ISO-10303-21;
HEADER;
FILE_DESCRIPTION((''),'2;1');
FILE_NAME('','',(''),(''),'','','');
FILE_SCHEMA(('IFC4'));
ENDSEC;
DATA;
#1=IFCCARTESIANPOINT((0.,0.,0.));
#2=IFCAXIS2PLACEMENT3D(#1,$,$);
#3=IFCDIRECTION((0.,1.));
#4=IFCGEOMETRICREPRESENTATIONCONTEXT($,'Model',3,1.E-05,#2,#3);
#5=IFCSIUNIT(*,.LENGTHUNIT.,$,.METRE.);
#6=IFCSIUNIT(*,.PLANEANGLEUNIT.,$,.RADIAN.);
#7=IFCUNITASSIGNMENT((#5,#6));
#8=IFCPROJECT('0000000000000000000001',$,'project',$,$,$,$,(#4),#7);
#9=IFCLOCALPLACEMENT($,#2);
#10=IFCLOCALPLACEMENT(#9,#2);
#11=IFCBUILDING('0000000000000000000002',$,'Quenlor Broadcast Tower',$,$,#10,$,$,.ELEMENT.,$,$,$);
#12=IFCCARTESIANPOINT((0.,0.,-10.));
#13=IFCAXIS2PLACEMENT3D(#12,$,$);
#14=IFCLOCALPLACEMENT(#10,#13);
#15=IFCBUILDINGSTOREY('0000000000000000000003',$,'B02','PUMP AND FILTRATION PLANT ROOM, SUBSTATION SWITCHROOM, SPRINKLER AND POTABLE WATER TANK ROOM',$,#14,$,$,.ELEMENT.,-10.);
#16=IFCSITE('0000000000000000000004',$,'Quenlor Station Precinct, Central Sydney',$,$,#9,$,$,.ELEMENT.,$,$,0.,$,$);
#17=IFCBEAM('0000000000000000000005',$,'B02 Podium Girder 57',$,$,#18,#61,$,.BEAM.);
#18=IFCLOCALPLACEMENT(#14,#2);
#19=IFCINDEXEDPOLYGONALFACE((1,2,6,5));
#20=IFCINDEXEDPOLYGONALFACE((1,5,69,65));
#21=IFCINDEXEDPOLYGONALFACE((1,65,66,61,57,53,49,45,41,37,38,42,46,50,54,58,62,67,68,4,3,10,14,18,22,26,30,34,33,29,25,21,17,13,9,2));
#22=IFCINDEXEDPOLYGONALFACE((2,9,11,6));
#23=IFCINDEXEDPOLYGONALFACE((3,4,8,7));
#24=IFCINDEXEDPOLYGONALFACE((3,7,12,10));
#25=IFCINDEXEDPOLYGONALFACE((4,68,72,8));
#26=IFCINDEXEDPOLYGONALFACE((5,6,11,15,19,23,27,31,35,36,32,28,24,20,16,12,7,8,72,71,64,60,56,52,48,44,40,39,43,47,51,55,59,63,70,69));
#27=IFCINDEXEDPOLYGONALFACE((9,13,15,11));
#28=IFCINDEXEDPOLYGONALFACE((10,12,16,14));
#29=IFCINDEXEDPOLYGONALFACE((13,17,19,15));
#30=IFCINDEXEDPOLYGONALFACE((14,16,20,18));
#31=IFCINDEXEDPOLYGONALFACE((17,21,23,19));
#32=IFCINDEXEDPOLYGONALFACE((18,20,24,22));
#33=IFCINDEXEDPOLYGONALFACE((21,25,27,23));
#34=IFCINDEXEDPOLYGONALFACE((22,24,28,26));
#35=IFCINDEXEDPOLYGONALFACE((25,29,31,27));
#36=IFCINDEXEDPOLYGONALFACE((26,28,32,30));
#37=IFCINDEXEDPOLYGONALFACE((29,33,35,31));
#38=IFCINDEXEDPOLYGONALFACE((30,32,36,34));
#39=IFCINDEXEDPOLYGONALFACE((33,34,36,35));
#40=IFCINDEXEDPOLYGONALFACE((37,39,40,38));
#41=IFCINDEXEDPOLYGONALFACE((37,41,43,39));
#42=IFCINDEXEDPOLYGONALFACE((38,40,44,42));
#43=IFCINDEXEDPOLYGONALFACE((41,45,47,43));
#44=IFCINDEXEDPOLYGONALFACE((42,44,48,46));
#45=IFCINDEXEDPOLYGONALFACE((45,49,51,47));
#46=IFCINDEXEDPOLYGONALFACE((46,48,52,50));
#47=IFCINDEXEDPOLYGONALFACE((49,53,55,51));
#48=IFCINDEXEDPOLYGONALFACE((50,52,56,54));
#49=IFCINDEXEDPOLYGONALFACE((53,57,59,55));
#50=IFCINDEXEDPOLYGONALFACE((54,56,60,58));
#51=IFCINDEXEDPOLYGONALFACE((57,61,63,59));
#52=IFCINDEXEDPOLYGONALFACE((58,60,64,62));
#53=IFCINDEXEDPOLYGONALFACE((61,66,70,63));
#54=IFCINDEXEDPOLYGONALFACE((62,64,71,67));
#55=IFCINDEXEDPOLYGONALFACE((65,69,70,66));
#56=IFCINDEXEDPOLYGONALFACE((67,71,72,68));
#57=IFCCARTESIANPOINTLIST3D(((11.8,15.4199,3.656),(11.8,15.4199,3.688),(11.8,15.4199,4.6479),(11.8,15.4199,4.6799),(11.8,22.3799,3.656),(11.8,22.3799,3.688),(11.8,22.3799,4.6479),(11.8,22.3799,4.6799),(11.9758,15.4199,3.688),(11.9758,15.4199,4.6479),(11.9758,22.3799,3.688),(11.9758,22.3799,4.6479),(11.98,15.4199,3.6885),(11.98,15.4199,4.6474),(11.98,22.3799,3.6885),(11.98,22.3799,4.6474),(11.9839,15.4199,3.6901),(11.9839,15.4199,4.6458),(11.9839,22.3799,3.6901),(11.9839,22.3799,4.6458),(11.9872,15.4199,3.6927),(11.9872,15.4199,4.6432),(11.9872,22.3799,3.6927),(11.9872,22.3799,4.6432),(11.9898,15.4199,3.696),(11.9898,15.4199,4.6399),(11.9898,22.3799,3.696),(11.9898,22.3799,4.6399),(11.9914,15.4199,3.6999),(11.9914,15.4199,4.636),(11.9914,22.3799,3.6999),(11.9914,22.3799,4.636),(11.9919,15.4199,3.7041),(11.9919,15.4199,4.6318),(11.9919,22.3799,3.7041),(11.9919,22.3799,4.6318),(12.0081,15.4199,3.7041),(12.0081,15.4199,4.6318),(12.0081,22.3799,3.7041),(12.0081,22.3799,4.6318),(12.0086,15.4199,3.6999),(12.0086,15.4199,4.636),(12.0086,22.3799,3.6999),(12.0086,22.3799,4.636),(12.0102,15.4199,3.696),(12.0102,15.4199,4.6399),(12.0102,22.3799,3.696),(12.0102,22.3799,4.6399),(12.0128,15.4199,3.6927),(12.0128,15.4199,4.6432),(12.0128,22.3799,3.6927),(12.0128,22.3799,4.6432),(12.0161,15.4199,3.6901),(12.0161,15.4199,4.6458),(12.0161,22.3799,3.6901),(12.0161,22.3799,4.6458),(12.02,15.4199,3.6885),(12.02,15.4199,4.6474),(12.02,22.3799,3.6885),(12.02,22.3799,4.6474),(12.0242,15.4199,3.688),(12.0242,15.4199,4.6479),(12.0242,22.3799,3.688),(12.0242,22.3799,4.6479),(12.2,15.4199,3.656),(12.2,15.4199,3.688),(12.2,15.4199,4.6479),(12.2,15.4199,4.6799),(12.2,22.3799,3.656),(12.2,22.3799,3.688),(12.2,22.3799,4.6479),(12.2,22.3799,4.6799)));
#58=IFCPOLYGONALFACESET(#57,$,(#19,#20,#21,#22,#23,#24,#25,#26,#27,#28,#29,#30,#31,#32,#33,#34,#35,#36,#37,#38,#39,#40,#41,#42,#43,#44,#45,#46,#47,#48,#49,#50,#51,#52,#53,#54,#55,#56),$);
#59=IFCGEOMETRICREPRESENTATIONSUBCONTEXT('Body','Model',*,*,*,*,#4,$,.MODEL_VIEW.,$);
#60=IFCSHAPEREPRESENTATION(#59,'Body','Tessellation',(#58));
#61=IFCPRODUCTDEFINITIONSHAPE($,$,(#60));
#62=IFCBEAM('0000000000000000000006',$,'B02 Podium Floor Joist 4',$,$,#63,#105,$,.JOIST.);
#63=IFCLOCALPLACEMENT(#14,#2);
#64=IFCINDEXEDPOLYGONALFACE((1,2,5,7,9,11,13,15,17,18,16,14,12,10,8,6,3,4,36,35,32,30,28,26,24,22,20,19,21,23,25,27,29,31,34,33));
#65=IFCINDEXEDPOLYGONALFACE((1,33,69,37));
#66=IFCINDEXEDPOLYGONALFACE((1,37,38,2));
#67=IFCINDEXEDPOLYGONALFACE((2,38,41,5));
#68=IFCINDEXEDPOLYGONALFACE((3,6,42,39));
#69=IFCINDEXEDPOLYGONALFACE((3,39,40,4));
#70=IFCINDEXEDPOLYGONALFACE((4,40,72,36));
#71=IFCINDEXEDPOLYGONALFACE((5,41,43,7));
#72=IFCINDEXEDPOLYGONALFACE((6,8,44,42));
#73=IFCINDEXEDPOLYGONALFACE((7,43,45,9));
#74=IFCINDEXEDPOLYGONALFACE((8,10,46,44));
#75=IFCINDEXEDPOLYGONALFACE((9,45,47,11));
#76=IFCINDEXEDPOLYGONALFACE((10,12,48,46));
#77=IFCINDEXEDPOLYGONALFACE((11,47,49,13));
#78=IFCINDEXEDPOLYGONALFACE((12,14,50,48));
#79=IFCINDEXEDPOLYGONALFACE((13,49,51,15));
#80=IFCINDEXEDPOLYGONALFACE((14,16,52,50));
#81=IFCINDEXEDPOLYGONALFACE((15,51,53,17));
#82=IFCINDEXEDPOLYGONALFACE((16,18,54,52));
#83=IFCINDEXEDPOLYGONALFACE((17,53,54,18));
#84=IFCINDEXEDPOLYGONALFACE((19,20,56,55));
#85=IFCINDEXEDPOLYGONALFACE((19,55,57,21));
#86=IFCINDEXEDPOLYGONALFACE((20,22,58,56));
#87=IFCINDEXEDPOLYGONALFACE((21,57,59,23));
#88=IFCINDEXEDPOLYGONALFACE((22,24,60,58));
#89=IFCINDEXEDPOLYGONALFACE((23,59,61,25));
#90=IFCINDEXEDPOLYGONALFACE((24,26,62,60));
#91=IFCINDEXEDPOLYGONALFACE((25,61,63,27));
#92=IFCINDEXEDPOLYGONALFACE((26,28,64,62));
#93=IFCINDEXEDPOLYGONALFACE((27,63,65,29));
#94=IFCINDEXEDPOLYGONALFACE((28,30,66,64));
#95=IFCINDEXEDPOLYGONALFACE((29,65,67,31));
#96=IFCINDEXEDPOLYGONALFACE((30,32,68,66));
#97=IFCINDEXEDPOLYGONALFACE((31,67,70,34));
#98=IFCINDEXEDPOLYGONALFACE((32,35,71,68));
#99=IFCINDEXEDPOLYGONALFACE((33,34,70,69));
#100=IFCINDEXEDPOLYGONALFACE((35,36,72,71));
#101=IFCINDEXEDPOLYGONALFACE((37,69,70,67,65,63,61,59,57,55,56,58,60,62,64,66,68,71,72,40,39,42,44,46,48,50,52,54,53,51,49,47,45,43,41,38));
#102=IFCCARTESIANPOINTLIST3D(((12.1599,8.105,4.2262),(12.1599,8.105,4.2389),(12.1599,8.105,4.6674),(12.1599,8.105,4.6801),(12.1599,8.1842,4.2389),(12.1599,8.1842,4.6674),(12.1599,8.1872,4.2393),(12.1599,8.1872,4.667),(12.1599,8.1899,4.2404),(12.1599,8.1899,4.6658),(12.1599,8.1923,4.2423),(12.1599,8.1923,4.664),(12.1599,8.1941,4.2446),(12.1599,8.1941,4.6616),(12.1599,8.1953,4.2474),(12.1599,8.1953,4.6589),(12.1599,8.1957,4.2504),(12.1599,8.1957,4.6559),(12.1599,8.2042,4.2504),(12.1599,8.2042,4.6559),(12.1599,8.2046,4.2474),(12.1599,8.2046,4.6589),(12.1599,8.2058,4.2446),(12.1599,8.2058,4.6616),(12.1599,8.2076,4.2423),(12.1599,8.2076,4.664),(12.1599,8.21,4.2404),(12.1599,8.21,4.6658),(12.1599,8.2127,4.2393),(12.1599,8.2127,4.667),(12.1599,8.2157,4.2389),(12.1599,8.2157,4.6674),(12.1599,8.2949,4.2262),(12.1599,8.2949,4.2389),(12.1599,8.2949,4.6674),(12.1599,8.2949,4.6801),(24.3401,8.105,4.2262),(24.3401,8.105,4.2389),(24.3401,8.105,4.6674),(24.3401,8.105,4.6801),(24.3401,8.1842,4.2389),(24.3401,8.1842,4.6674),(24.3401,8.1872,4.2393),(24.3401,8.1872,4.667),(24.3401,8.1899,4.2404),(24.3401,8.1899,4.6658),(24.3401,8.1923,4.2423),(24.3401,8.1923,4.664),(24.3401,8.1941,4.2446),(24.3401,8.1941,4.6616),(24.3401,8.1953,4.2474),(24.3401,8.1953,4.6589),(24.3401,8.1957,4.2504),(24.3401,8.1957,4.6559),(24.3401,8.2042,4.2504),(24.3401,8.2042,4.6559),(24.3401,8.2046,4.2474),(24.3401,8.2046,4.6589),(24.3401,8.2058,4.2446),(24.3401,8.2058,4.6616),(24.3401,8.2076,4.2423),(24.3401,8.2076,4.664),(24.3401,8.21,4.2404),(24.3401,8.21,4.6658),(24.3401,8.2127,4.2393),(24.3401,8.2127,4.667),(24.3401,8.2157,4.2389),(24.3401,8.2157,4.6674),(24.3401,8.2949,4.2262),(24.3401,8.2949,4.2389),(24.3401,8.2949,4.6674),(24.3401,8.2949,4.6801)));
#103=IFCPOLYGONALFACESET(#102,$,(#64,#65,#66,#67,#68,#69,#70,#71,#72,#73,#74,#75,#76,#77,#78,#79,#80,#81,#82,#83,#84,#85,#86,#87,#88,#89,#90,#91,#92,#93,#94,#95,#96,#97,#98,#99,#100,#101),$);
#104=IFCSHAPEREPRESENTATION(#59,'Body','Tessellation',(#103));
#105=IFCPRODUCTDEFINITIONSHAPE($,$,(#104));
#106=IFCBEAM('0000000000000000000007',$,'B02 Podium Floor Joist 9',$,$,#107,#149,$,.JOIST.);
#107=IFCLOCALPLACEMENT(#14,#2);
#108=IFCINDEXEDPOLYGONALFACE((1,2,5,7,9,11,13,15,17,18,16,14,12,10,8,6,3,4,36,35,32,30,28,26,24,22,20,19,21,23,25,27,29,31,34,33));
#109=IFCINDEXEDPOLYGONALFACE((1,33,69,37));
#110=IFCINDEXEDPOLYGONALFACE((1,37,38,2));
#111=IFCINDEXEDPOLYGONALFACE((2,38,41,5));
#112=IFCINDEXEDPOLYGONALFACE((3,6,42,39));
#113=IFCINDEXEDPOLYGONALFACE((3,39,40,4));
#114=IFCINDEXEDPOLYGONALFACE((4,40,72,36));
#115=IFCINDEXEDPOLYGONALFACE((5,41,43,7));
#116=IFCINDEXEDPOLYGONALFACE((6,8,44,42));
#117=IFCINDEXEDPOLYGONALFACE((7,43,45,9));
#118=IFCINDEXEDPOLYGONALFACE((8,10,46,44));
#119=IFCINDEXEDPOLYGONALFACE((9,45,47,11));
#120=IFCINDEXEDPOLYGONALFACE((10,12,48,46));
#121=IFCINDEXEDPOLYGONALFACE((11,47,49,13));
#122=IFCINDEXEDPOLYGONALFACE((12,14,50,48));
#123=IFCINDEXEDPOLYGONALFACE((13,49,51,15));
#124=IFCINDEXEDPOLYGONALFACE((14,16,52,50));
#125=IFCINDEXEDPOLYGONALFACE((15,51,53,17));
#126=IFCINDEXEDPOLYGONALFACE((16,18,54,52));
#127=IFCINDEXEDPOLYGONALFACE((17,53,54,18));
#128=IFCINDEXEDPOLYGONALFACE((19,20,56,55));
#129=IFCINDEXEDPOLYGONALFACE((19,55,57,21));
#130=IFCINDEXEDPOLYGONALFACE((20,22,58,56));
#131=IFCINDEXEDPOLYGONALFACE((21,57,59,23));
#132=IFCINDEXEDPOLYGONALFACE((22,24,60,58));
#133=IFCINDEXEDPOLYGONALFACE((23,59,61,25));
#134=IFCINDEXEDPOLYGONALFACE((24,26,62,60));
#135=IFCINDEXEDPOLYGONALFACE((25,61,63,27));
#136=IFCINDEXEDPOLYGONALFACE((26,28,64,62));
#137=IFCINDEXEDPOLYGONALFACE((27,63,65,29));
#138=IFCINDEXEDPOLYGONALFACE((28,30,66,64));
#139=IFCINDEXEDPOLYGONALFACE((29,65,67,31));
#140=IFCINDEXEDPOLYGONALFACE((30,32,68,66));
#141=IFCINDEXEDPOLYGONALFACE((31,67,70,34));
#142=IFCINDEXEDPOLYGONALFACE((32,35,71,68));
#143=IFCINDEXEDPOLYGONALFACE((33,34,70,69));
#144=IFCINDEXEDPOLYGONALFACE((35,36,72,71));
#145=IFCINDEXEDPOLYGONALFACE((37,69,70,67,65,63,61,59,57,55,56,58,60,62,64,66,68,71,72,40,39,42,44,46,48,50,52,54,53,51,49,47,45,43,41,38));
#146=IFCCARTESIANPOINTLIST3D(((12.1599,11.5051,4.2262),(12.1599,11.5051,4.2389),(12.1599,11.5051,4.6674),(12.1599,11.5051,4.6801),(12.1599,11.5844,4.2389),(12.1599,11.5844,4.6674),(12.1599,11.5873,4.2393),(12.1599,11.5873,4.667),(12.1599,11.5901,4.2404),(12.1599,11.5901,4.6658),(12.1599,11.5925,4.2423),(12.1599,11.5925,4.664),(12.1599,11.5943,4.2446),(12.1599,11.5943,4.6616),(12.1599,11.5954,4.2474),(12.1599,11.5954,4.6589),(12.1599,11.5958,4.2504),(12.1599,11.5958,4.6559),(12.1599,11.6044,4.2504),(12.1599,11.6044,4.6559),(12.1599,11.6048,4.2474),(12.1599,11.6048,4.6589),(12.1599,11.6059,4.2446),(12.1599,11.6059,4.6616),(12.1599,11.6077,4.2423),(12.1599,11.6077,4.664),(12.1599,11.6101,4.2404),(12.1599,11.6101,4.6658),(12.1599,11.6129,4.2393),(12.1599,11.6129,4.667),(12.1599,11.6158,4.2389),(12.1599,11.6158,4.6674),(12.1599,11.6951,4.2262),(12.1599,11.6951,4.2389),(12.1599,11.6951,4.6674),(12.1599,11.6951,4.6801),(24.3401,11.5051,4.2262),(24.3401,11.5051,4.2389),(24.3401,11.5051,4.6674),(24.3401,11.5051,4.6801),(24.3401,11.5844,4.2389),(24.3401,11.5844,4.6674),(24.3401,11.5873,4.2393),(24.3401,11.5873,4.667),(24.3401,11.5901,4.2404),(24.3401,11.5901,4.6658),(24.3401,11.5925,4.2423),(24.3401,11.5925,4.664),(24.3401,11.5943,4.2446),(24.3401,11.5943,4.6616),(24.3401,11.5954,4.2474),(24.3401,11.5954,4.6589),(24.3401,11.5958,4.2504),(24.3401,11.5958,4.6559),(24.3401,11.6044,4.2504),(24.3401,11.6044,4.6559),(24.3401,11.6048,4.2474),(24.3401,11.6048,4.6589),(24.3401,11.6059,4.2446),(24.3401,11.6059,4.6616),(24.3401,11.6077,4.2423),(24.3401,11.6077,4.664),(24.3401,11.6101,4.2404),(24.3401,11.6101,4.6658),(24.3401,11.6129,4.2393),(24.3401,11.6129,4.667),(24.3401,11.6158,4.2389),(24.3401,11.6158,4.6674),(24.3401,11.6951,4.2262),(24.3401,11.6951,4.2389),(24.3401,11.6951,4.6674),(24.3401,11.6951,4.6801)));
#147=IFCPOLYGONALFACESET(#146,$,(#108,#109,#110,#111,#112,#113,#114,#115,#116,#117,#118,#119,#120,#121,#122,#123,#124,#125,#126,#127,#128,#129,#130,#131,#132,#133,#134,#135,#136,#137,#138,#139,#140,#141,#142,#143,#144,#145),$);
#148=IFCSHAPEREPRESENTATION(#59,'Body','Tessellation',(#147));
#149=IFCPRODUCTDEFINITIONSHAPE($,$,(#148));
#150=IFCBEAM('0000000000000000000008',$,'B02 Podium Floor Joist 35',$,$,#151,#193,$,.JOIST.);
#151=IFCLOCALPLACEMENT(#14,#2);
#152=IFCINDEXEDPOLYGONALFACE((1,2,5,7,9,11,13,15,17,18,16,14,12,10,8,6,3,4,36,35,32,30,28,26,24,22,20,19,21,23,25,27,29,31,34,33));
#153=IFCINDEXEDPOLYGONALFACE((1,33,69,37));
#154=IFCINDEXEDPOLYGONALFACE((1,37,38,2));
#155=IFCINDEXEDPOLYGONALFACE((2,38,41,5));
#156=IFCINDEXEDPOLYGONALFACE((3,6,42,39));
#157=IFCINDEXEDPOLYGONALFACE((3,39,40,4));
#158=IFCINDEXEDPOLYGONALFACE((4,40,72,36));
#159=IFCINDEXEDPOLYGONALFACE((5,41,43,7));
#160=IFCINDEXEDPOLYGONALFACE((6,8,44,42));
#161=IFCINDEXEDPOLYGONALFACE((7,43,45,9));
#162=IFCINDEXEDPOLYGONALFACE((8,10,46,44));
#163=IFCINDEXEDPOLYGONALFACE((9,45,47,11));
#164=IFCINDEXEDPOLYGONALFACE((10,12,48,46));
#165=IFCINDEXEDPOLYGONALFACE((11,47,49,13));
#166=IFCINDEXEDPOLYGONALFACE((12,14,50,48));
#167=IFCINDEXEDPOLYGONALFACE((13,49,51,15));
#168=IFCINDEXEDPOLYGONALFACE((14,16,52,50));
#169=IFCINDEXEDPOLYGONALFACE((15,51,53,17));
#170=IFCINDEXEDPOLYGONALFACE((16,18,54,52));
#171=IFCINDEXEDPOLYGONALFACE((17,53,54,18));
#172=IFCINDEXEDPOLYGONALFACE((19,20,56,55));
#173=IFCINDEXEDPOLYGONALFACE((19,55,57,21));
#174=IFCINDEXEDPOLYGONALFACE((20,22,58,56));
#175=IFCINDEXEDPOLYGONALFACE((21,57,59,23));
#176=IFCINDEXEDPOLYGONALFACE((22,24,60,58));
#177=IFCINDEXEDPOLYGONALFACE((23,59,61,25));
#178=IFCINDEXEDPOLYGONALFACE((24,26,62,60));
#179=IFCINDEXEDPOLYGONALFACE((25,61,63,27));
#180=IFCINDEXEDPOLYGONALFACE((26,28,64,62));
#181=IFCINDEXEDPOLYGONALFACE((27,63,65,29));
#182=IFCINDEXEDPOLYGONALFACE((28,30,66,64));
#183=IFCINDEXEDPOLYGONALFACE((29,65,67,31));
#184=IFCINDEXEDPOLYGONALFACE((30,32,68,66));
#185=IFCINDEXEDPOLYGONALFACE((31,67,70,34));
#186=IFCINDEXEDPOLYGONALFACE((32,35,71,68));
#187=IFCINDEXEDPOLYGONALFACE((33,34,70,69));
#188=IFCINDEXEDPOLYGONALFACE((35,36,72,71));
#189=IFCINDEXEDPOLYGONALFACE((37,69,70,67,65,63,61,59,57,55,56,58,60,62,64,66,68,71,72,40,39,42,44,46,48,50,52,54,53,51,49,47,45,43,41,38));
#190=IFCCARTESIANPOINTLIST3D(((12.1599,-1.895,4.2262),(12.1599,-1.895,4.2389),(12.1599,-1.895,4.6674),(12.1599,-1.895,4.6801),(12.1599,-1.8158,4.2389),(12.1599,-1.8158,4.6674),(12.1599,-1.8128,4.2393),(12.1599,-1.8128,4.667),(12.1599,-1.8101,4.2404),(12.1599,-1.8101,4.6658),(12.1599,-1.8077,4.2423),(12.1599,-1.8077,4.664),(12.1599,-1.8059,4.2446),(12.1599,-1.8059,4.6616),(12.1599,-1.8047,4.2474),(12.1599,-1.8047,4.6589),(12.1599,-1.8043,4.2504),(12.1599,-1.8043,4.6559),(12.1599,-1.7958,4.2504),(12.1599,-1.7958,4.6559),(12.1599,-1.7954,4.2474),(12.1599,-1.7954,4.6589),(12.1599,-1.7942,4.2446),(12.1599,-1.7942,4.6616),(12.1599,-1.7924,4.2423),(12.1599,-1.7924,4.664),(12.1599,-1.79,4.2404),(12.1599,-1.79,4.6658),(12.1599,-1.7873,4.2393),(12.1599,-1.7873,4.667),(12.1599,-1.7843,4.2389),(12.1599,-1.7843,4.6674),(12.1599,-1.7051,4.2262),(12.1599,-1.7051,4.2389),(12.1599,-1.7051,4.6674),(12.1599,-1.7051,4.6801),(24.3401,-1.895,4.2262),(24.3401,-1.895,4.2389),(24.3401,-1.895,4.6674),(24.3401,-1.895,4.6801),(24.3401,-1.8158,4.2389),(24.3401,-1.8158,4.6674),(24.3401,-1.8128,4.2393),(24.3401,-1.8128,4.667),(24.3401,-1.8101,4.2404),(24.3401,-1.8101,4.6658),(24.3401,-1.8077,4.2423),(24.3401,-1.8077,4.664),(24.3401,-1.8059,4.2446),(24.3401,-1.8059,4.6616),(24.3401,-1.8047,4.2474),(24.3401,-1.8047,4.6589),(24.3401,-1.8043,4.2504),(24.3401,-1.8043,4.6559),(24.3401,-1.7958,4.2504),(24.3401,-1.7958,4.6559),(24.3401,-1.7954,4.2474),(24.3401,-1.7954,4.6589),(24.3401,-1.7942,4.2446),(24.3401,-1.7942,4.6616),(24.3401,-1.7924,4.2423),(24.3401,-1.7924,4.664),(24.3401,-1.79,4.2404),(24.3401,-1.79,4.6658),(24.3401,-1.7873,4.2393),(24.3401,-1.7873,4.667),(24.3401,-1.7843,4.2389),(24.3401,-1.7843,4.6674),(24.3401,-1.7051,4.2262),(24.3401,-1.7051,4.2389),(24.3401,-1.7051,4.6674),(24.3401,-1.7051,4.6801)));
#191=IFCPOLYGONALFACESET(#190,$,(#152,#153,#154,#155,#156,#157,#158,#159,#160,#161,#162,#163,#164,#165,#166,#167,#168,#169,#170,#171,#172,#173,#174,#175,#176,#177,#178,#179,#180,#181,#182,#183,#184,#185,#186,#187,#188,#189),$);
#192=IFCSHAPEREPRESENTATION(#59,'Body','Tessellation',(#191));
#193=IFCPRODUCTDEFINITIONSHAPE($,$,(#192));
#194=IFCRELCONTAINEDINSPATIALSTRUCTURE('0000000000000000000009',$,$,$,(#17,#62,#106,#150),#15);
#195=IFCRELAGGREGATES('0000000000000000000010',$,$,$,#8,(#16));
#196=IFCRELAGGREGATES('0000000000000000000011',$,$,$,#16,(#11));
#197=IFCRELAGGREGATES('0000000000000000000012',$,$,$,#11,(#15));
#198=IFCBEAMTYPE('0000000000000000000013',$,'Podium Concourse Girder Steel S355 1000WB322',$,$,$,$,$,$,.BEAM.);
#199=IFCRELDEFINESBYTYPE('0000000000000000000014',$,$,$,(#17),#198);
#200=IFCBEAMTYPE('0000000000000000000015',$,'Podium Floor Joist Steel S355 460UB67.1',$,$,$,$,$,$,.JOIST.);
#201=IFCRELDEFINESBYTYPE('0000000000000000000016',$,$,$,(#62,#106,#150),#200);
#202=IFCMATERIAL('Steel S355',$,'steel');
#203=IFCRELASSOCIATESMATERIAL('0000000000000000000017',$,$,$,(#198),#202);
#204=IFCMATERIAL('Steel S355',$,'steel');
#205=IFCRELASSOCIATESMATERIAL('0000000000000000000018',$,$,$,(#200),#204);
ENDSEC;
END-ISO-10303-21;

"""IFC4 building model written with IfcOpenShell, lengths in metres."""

from ifc_helpers import new_model, si_unit, direction, frame, origin, origin_2d, place, context, subcontext, project, spatial, i_section, extrude, material, material_profile, profile_set, type_object, element, save


model = new_model("IFC4")

# Units and contexts
model_context = context("Model", 3, precision=1e-05, world=origin(), true_north=direction((0.0, 1.0)))
body_context = subcontext(model_context, "Body", "Model", "MODEL_VIEW")
ifc_project = project(units=[si_unit("LENGTHUNIT", "METRE"), si_unit("PLANEANGLEUNIT", "RADIAN")], contexts=[model_context])

# Site, building, storey
site_placement = place(None, origin())
site = spatial("IfcSite", under=ifc_project, at=site_placement, Name="Quenlor Station Precinct, Central Sydney", CompositionType="ELEMENT", RefElevation=0.0)
building_placement = place(site_placement, origin())
building = spatial("IfcBuilding", under=site, at=building_placement, Name="Quenlor Broadcast Tower", CompositionType="ELEMENT")
storey_placement = place(building_placement, frame((0.0, 0.0, -10.0)))
storey = spatial("IfcBuildingStorey", under=building, at=storey_placement, Name="B02", Description="PUMP AND FILTRATION PLANT ROOM, SUBSTATION SWITCHROOM, SPRINKLER AND POTABLE WATER TANK ROOM", CompositionType="ELEMENT", Elevation=-10.0)

# Beams
ifc_material_1 = material(Name="Steel S355", Category="steel")
ifc_material_profile_1 = material_profile(ifc_material_1, i_section(OverallWidth=0.3999, OverallDepth=1.0239, WebThickness=0.0161, FlangeThickness=0.032, FilletRadius=0.0161, at=origin_2d()))
ifc_profile_set_1 = profile_set([ifc_material_profile_1], Name="Steel S355 1000WB322")
beam_type_1 = type_object("IfcBeamType", Name="Podium Concourse Girder Steel S355 1000WB322", PredefinedType="BEAM", material=ifc_profile_set_1)
beam_1_placement = place(storey_placement, frame((12.0, 15.4199, 4.168), z_axis=(0.0, 1.0, 0.0), x_axis=(-1.0, 0.0, 0.0)))
element("IfcBeam", 1, at=beam_1_placement, inside=storey, type_object=beam_type_1, Name="B02 Podium Girder 57", PredefinedType="BEAM", context=body_context, shape_type="SweptSolid", body=[
    extrude(i_section(OverallWidth=0.3999, OverallDepth=1.0239, WebThickness=0.0161, FlangeThickness=0.032, FilletRadius=0.0161, at=origin_2d()), origin(), (0.0, 0.0, 1.0), 6.96),
])
ifc_material_2 = material(Name="Steel S355", Category="steel")
ifc_material_profile_2 = material_profile(ifc_material_2, i_section(OverallWidth=0.1899, OverallDepth=0.4539, WebThickness=0.0085, FlangeThickness=0.0127, FilletRadius=0.0115, at=origin_2d()))
ifc_profile_set_2 = profile_set([ifc_material_profile_2], Name="Steel S355 460UB67.1")
beam_type_2 = type_object("IfcBeamType", Name="Podium Floor Joist Steel S355 460UB67.1", PredefinedType="JOIST", material=ifc_profile_set_2)
for number, where, z_axis, x_axis, name in (
    (2, (12.1599, 8.2, 4.4531), (1.0, 0.0, 0.0), (0.0, 1.0, 0.0), "B02 Podium Floor Joist 4"),
    (3, (12.1599, 11.6001, 4.4531), (1.0, 0.0, 0.0), (0.0, 1.0, 0.0), "B02 Podium Floor Joist 9"),
    (4, (12.1599, -1.8, 4.4531), (1.0, 0.0, 0.0), (0.0, 1.0, 0.0), "B02 Podium Floor Joist 35"),
):
    element("IfcBeam", number, at=place(storey_placement, frame(where, z_axis=z_axis, x_axis=x_axis)), inside=storey, type_object=beam_type_2, Name=name, PredefinedType="JOIST", context=body_context, shape_type="SweptSolid", body=[
        extrude(i_section(OverallWidth=0.1899, OverallDepth=0.4539, WebThickness=0.0085, FlangeThickness=0.0127, FilletRadius=0.0115, at=origin_2d()), origin(), (0.0, 0.0, 1.0), 12.1802),
    ])

save(model, "model.ifc")
